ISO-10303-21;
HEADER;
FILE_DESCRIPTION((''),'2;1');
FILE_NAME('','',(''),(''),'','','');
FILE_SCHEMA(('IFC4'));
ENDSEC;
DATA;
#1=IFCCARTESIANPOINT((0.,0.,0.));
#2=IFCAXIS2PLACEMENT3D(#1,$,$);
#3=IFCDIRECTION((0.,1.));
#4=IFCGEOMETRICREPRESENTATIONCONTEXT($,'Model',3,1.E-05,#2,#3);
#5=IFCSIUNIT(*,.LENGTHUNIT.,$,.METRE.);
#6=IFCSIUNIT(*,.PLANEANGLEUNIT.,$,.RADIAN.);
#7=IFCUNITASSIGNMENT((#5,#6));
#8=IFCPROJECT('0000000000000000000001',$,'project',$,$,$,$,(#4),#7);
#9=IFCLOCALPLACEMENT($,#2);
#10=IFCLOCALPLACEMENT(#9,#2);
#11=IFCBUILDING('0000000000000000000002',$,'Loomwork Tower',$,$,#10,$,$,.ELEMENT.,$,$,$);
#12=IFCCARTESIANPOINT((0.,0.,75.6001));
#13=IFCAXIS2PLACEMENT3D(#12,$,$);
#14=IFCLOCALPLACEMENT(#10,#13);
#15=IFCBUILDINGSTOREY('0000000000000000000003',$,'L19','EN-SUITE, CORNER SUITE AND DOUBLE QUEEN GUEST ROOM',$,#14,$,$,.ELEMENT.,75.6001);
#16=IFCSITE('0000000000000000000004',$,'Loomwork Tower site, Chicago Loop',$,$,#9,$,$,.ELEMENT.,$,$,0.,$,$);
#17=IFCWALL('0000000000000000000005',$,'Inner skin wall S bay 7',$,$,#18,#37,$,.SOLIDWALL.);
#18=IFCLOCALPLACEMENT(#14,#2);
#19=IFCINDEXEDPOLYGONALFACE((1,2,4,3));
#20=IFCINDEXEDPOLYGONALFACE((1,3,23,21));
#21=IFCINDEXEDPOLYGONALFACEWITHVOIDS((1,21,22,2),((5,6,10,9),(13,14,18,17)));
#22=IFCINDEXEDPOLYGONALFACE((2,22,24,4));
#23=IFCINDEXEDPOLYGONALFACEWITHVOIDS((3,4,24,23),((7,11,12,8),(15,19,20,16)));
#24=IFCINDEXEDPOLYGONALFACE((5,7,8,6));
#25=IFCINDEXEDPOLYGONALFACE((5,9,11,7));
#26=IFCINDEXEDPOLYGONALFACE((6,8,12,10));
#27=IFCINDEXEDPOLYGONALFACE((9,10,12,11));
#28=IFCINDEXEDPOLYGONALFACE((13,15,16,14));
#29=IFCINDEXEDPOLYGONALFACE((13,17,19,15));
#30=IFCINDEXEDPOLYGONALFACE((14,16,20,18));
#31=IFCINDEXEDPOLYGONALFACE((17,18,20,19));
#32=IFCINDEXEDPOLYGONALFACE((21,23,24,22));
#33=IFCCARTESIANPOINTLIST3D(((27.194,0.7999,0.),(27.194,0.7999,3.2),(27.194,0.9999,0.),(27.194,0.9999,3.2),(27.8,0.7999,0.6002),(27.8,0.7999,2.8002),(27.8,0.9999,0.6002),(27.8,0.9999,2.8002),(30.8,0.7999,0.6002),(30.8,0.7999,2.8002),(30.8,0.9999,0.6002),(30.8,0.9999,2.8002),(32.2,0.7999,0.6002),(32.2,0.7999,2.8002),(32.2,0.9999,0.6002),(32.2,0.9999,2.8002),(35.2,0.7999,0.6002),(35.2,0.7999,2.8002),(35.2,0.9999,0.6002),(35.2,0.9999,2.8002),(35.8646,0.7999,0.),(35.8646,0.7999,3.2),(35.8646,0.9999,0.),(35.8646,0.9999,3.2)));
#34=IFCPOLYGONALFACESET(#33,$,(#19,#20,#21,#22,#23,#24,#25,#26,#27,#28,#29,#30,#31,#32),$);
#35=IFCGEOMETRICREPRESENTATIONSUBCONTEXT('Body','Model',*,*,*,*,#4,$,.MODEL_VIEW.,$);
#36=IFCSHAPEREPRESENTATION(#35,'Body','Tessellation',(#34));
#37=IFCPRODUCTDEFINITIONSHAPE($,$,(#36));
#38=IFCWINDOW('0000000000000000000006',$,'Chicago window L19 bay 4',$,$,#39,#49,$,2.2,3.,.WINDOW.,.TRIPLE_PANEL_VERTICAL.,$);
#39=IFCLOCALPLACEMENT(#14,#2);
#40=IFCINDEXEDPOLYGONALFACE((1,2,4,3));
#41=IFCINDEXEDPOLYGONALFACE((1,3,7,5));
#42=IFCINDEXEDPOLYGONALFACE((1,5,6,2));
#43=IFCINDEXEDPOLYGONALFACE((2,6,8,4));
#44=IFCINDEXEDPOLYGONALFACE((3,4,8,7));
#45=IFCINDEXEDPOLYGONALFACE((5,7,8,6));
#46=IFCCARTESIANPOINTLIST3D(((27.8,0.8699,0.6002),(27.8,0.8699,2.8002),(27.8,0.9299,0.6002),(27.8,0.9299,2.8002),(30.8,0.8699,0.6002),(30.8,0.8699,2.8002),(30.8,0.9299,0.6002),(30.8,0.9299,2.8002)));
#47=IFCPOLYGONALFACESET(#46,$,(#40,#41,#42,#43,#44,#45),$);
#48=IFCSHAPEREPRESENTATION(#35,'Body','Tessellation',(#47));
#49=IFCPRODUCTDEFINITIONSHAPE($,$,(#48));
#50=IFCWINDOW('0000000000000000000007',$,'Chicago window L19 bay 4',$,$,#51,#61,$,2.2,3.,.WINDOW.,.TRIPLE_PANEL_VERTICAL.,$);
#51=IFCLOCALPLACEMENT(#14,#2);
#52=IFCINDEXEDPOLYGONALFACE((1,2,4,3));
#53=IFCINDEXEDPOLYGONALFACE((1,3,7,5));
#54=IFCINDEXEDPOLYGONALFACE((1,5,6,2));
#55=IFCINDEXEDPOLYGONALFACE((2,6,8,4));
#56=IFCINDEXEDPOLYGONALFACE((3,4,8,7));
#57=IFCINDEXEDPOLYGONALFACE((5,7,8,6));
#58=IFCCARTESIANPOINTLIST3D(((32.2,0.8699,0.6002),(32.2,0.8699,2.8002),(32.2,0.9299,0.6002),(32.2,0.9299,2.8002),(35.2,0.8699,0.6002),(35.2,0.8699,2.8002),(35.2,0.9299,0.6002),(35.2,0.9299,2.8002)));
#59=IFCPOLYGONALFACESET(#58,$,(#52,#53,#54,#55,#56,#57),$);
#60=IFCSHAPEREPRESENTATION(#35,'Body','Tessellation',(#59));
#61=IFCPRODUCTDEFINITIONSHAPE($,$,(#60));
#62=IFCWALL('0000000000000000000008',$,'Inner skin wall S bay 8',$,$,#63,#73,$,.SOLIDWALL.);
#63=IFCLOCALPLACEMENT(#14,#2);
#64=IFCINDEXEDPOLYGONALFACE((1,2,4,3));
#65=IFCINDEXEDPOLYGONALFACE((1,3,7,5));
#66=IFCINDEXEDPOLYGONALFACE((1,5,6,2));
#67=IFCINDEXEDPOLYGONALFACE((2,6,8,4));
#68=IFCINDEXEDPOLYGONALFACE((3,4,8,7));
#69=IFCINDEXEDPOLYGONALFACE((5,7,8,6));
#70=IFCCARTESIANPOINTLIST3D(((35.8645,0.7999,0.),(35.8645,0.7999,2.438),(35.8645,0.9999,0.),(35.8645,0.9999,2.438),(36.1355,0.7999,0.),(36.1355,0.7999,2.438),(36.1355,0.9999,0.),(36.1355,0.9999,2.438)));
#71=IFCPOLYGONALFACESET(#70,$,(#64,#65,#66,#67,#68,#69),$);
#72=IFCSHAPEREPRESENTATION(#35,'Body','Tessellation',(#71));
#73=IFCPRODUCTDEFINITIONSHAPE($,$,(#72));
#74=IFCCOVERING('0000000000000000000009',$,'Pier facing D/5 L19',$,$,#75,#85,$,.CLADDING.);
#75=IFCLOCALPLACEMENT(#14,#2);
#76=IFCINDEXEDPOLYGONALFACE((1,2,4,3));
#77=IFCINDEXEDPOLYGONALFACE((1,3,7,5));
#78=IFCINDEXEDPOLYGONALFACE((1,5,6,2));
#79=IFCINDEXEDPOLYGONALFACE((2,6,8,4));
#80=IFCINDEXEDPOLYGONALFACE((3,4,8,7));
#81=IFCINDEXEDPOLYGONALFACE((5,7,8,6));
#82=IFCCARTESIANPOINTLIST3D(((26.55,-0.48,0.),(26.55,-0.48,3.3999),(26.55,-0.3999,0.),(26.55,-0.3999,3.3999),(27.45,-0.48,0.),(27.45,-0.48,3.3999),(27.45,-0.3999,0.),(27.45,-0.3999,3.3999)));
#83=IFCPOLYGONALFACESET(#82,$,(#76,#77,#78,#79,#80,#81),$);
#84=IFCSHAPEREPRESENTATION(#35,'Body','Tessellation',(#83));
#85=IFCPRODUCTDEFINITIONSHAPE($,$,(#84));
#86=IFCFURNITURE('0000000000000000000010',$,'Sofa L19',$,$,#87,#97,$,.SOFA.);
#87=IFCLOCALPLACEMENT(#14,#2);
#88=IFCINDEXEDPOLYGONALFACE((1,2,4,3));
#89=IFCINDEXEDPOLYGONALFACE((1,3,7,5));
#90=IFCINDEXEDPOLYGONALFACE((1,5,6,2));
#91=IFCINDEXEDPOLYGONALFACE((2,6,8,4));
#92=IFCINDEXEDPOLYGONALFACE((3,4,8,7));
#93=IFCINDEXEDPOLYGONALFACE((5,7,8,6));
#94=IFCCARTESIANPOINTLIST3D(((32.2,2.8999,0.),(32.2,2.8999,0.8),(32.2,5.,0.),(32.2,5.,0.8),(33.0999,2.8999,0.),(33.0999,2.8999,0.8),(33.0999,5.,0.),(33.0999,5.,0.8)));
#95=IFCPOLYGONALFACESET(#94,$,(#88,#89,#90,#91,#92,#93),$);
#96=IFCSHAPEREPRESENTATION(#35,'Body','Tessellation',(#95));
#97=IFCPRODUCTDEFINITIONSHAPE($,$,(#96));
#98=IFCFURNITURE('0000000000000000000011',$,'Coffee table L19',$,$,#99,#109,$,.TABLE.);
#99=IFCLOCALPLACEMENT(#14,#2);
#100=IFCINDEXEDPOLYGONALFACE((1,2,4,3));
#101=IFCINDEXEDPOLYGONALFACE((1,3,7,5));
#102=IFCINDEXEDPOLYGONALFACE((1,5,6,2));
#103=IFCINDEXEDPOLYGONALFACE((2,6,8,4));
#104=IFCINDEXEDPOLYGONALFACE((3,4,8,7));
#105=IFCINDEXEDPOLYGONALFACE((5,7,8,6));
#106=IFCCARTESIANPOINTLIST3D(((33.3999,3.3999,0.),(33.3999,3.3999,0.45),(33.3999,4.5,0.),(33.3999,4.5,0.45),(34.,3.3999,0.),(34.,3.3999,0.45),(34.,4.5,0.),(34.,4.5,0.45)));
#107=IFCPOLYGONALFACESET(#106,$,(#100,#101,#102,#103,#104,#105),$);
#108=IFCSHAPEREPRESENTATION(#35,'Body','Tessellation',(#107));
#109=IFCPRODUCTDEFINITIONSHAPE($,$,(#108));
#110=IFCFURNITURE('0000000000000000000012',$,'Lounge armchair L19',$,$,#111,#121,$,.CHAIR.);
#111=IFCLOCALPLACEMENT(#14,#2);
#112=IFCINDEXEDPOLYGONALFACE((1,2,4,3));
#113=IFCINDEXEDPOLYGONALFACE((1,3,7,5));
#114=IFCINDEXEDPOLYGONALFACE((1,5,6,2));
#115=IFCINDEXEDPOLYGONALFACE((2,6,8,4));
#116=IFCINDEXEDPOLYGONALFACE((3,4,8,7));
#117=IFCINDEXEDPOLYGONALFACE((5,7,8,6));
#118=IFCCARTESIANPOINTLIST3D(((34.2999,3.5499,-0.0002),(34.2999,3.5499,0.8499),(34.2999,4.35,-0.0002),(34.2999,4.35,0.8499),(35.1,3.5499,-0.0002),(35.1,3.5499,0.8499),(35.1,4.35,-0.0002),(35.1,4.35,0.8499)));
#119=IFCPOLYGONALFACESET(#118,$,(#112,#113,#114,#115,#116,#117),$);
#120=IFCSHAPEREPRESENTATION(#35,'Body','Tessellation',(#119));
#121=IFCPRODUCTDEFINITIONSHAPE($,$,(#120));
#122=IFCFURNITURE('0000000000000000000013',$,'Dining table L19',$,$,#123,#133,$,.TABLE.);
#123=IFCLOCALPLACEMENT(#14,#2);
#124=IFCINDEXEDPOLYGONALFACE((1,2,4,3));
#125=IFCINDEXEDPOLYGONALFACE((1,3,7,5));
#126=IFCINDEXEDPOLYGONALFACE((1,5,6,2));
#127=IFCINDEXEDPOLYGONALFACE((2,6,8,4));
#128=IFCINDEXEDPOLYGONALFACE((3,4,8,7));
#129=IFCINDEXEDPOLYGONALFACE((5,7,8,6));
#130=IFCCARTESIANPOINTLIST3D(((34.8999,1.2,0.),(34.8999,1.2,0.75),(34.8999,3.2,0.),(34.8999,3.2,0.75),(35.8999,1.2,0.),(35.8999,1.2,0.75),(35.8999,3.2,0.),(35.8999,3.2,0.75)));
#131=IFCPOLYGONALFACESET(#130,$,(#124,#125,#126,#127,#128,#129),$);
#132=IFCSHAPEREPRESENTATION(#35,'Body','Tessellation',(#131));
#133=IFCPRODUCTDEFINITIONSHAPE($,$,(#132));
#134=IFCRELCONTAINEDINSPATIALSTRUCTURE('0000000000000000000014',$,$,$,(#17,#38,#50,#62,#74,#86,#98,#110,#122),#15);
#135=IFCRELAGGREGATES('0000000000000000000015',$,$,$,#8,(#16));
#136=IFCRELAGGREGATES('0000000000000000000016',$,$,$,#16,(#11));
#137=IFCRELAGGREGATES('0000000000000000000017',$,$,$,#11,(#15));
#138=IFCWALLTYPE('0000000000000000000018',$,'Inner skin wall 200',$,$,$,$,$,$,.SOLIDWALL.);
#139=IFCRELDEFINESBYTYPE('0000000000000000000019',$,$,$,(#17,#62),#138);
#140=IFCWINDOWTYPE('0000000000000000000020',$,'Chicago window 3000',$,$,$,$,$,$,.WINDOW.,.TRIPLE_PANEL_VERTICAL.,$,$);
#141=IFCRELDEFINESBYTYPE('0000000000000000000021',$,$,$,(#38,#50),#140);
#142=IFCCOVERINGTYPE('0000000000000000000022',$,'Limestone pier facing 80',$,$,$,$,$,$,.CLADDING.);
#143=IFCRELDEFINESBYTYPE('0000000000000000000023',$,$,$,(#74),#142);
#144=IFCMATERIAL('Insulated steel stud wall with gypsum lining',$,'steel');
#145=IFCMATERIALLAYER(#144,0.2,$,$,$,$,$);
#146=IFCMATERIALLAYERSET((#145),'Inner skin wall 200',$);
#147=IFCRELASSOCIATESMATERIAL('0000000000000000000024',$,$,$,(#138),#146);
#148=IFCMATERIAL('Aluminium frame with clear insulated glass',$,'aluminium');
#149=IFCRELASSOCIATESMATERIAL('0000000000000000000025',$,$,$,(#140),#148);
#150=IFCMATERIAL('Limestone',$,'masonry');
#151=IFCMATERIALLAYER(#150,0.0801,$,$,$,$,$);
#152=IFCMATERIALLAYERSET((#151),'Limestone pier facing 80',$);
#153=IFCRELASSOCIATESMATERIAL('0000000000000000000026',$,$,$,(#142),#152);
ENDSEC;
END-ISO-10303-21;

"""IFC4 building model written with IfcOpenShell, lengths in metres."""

from ifc_helpers import new_model, si_unit, direction, frame, frame_2d, origin, origin_2d, place, context, subcontext, project, spatial, rectangle, extrude, material, layer, layer_set, type_object, element, fill, save


model = new_model("IFC4")

# Units and contexts
model_context = context("Model", 3, precision=1e-05, world=origin(), true_north=direction((0.0, 1.0)))
body_context = subcontext(model_context, "Body", "Model", "MODEL_VIEW")
ifc_project = project(units=[si_unit("LENGTHUNIT", "METRE"), si_unit("PLANEANGLEUNIT", "RADIAN")], contexts=[model_context])

# Site, building, storey
site_placement = place(None, origin())
site = spatial("IfcSite", under=ifc_project, at=site_placement, Name="Loomwork Tower site, Chicago Loop", CompositionType="ELEMENT", RefElevation=0.0)
building_placement = place(site_placement, origin())
building = spatial("IfcBuilding", under=site, at=building_placement, Name="Loomwork Tower", CompositionType="ELEMENT")
storey_placement = place(building_placement, frame((0.0, 0.0, 75.6001)))
storey = spatial("IfcBuildingStorey", under=building, at=storey_placement, Name="L19", Description="EN-SUITE, CORNER SUITE AND DOUBLE QUEEN GUEST ROOM", CompositionType="ELEMENT", Elevation=75.6001)

# Wall, openings, windows
ifc_material_1 = material(Name="Insulated steel stud wall with gypsum lining", Category="steel")
ifc_layer_1 = layer(ifc_material_1, 0.2)
ifc_layer_set_1 = layer_set([ifc_layer_1], Name="Inner skin wall 200")
wall_type = type_object("IfcWallType", Name="Inner skin wall 200", PredefinedType="SOLIDWALL", material=ifc_layer_set_1)
wall_1_placement = place(storey_placement, frame((27.1938, 0.8999, 0.0), z_axis=(0.0, 0.0, 1.0), x_axis=(1.0, 0.0, 0.0)))
wall_1 = element("IfcWall", 1, at=wall_1_placement, inside=storey, type_object=wall_type, Name="Inner skin wall S bay 7", PredefinedType="SOLIDWALL", context=body_context, shape_type="SweptSolid", body=[
    extrude(rectangle(XDim=8.6707, YDim=0.2, at=frame_2d((4.3354, 0.0))), origin(), (0.0, 0.0, 1.0), 3.2),
])
opening_1_placement = place(wall_1_placement, frame((0.6062, 0.0, 0.6001)))
opening_1 = element("IfcOpeningElement", 2, at=opening_1_placement, cuts=wall_1, PredefinedType="OPENING", context=body_context, shape_type="SweptSolid", body=[
    extrude(rectangle(XDim=3.0, YDim=2.2, at=frame_2d((1.5, 1.1001))), frame((0.0, 0.1099, 0.0), z_axis=(0.0, -1.0, 0.0), x_axis=(1.0, 0.0, 0.0)), (0.0, 0.0, 1.0), 0.22),
])
opening_2_placement = place(wall_1_placement, frame((5.0061, 0.0, 0.6001)))
opening_2 = element("IfcOpeningElement", 3, at=opening_2_placement, cuts=wall_1, PredefinedType="OPENING", context=body_context, shape_type="SweptSolid", body=[
    extrude(rectangle(XDim=3.0, YDim=2.2, at=frame_2d((1.5, 1.1001))), frame((0.0, 0.1099, 0.0), z_axis=(0.0, -1.0, 0.0), x_axis=(1.0, 0.0, 0.0)), (0.0, 0.0, 1.0), 0.22),
])
ifc_material_2 = material(Name="Aluminium frame with clear insulated glass", Category="aluminium")
window_type = type_object("IfcWindowType", Name="Chicago window 3000", PartitioningType="TRIPLE_PANEL_VERTICAL", PredefinedType="WINDOW", material=ifc_material_2)
window_1_placement = place(opening_1_placement, origin())
window_1 = element("IfcWindow", 4, at=window_1_placement, inside=storey, type_object=window_type, Name="Chicago window L19 bay 4", OverallHeight=2.2, OverallWidth=3.0, PartitioningType="TRIPLE_PANEL_VERTICAL", PredefinedType="WINDOW", context=body_context, shape_type="SweptSolid", body=[
    extrude(rectangle(XDim=3.0, YDim=2.2, at=frame_2d((1.5, 1.1001))), frame((0.0, 0.03, 0.0), z_axis=(0.0, -1.0, 0.0), x_axis=(1.0, 0.0, 0.0)), (0.0, 0.0, 1.0), 0.0601),
])
fill(opening_1, window_1)
window_2_placement = place(opening_2_placement, origin())
window_2 = element("IfcWindow", 5, at=window_2_placement, inside=storey, type_object=window_type, Name="Chicago window L19 bay 4", OverallHeight=2.2, OverallWidth=3.0, PartitioningType="TRIPLE_PANEL_VERTICAL", PredefinedType="WINDOW", context=body_context, shape_type="SweptSolid", body=[
    extrude(rectangle(XDim=3.0, YDim=2.2, at=frame_2d((1.5, 1.1001))), frame((0.0, 0.03, 0.0), z_axis=(0.0, -1.0, 0.0), x_axis=(1.0, 0.0, 0.0)), (0.0, 0.0, 1.0), 0.0601),
])
fill(opening_2, window_2)

# Wall
wall_2_placement = place(storey_placement, frame((35.8645, 0.8999, 0.0), z_axis=(0.0, 0.0, 1.0), x_axis=(1.0, 0.0, 0.0)))
element("IfcWall", 6, at=wall_2_placement, inside=storey, type_object=wall_type, Name="Inner skin wall S bay 8", PredefinedType="SOLIDWALL", context=body_context, shape_type="SweptSolid", body=[
    extrude(rectangle(XDim=0.271, YDim=0.2, at=frame_2d((0.1355, 0.0))), origin(), (0.0, 0.0, 1.0), 2.438),
])

# Covering
ifc_material_3 = material(Name="Limestone", Category="masonry")
ifc_layer_2 = layer(ifc_material_3, 0.0801)
ifc_layer_set_2 = layer_set([ifc_layer_2], Name="Limestone pier facing 80")
covering_type = type_object("IfcCoveringType", Name="Limestone pier facing 80", PredefinedType="CLADDING", material=ifc_layer_set_2)
covering_placement = place(storey_placement, frame((27.0, -0.4399, 0.0), z_axis=(0.0, 0.0, 1.0), x_axis=(1.0, 0.0, 0.0)))
element("IfcCovering", 7, at=covering_placement, inside=storey, type_object=covering_type, Name="Pier facing D/5 L19", PredefinedType="CLADDING", context=body_context, shape_type="SweptSolid", body=[
    extrude(rectangle(XDim=0.8999, YDim=0.0801, at=origin_2d()), origin(), (0.0, 0.0, 1.0), 3.3999),
])

# Furniture
furniture_1_placement = place(storey_placement, frame((32.6499, 3.95, 0.0), z_axis=(0.0, 0.0, 1.0), x_axis=(1.0, 0.0, 0.0)))
element("IfcFurniture", 8, at=furniture_1_placement, inside=storey, Name="Sofa L19", PredefinedType="SOFA", context=body_context, shape_type="SweptSolid", body=[
    extrude(rectangle(XDim=0.8999, YDim=2.1001, at=origin_2d()), origin(), (0.0, 0.0, 1.0), 0.8),
])
furniture_2_placement = place(storey_placement, frame((33.7, 3.95, 0.0), z_axis=(0.0, 0.0, 1.0), x_axis=(1.0, 0.0, 0.0)))
element("IfcFurniture", 9, at=furniture_2_placement, inside=storey, Name="Coffee table L19", PredefinedType="TABLE", context=body_context, shape_type="SweptSolid", body=[
    extrude(rectangle(XDim=0.6001, YDim=1.1001, at=origin_2d()), origin(), (0.0, 0.0, 1.0), 0.45),
])
furniture_3_placement = place(storey_placement, frame((34.7, 3.95, -0.0002), z_axis=(0.0, 0.0, 1.0), x_axis=(1.0, 0.0, 0.0)))
element("IfcFurniture", 10, at=furniture_3_placement, inside=storey, Name="Lounge armchair L19", PredefinedType="CHAIR", context=body_context, shape_type="SweptSolid", body=[
    extrude(rectangle(XDim=0.8, YDim=0.8, at=origin_2d()), origin(), (0.0, 0.0, 1.0), 0.8501),
])
furniture_4_placement = place(storey_placement, frame((35.3999, 2.2, 0.0), z_axis=(0.0, 0.0, 1.0), x_axis=(1.0, 0.0, 0.0)))
element("IfcFurniture", 11, at=furniture_4_placement, inside=storey, Name="Dining table L19", PredefinedType="TABLE", context=body_context, shape_type="SweptSolid", body=[
    extrude(rectangle(XDim=1.0, YDim=2.0, at=origin_2d()), origin(), (0.0, 0.0, 1.0), 0.75),
])

save(model, "model.ifc")
